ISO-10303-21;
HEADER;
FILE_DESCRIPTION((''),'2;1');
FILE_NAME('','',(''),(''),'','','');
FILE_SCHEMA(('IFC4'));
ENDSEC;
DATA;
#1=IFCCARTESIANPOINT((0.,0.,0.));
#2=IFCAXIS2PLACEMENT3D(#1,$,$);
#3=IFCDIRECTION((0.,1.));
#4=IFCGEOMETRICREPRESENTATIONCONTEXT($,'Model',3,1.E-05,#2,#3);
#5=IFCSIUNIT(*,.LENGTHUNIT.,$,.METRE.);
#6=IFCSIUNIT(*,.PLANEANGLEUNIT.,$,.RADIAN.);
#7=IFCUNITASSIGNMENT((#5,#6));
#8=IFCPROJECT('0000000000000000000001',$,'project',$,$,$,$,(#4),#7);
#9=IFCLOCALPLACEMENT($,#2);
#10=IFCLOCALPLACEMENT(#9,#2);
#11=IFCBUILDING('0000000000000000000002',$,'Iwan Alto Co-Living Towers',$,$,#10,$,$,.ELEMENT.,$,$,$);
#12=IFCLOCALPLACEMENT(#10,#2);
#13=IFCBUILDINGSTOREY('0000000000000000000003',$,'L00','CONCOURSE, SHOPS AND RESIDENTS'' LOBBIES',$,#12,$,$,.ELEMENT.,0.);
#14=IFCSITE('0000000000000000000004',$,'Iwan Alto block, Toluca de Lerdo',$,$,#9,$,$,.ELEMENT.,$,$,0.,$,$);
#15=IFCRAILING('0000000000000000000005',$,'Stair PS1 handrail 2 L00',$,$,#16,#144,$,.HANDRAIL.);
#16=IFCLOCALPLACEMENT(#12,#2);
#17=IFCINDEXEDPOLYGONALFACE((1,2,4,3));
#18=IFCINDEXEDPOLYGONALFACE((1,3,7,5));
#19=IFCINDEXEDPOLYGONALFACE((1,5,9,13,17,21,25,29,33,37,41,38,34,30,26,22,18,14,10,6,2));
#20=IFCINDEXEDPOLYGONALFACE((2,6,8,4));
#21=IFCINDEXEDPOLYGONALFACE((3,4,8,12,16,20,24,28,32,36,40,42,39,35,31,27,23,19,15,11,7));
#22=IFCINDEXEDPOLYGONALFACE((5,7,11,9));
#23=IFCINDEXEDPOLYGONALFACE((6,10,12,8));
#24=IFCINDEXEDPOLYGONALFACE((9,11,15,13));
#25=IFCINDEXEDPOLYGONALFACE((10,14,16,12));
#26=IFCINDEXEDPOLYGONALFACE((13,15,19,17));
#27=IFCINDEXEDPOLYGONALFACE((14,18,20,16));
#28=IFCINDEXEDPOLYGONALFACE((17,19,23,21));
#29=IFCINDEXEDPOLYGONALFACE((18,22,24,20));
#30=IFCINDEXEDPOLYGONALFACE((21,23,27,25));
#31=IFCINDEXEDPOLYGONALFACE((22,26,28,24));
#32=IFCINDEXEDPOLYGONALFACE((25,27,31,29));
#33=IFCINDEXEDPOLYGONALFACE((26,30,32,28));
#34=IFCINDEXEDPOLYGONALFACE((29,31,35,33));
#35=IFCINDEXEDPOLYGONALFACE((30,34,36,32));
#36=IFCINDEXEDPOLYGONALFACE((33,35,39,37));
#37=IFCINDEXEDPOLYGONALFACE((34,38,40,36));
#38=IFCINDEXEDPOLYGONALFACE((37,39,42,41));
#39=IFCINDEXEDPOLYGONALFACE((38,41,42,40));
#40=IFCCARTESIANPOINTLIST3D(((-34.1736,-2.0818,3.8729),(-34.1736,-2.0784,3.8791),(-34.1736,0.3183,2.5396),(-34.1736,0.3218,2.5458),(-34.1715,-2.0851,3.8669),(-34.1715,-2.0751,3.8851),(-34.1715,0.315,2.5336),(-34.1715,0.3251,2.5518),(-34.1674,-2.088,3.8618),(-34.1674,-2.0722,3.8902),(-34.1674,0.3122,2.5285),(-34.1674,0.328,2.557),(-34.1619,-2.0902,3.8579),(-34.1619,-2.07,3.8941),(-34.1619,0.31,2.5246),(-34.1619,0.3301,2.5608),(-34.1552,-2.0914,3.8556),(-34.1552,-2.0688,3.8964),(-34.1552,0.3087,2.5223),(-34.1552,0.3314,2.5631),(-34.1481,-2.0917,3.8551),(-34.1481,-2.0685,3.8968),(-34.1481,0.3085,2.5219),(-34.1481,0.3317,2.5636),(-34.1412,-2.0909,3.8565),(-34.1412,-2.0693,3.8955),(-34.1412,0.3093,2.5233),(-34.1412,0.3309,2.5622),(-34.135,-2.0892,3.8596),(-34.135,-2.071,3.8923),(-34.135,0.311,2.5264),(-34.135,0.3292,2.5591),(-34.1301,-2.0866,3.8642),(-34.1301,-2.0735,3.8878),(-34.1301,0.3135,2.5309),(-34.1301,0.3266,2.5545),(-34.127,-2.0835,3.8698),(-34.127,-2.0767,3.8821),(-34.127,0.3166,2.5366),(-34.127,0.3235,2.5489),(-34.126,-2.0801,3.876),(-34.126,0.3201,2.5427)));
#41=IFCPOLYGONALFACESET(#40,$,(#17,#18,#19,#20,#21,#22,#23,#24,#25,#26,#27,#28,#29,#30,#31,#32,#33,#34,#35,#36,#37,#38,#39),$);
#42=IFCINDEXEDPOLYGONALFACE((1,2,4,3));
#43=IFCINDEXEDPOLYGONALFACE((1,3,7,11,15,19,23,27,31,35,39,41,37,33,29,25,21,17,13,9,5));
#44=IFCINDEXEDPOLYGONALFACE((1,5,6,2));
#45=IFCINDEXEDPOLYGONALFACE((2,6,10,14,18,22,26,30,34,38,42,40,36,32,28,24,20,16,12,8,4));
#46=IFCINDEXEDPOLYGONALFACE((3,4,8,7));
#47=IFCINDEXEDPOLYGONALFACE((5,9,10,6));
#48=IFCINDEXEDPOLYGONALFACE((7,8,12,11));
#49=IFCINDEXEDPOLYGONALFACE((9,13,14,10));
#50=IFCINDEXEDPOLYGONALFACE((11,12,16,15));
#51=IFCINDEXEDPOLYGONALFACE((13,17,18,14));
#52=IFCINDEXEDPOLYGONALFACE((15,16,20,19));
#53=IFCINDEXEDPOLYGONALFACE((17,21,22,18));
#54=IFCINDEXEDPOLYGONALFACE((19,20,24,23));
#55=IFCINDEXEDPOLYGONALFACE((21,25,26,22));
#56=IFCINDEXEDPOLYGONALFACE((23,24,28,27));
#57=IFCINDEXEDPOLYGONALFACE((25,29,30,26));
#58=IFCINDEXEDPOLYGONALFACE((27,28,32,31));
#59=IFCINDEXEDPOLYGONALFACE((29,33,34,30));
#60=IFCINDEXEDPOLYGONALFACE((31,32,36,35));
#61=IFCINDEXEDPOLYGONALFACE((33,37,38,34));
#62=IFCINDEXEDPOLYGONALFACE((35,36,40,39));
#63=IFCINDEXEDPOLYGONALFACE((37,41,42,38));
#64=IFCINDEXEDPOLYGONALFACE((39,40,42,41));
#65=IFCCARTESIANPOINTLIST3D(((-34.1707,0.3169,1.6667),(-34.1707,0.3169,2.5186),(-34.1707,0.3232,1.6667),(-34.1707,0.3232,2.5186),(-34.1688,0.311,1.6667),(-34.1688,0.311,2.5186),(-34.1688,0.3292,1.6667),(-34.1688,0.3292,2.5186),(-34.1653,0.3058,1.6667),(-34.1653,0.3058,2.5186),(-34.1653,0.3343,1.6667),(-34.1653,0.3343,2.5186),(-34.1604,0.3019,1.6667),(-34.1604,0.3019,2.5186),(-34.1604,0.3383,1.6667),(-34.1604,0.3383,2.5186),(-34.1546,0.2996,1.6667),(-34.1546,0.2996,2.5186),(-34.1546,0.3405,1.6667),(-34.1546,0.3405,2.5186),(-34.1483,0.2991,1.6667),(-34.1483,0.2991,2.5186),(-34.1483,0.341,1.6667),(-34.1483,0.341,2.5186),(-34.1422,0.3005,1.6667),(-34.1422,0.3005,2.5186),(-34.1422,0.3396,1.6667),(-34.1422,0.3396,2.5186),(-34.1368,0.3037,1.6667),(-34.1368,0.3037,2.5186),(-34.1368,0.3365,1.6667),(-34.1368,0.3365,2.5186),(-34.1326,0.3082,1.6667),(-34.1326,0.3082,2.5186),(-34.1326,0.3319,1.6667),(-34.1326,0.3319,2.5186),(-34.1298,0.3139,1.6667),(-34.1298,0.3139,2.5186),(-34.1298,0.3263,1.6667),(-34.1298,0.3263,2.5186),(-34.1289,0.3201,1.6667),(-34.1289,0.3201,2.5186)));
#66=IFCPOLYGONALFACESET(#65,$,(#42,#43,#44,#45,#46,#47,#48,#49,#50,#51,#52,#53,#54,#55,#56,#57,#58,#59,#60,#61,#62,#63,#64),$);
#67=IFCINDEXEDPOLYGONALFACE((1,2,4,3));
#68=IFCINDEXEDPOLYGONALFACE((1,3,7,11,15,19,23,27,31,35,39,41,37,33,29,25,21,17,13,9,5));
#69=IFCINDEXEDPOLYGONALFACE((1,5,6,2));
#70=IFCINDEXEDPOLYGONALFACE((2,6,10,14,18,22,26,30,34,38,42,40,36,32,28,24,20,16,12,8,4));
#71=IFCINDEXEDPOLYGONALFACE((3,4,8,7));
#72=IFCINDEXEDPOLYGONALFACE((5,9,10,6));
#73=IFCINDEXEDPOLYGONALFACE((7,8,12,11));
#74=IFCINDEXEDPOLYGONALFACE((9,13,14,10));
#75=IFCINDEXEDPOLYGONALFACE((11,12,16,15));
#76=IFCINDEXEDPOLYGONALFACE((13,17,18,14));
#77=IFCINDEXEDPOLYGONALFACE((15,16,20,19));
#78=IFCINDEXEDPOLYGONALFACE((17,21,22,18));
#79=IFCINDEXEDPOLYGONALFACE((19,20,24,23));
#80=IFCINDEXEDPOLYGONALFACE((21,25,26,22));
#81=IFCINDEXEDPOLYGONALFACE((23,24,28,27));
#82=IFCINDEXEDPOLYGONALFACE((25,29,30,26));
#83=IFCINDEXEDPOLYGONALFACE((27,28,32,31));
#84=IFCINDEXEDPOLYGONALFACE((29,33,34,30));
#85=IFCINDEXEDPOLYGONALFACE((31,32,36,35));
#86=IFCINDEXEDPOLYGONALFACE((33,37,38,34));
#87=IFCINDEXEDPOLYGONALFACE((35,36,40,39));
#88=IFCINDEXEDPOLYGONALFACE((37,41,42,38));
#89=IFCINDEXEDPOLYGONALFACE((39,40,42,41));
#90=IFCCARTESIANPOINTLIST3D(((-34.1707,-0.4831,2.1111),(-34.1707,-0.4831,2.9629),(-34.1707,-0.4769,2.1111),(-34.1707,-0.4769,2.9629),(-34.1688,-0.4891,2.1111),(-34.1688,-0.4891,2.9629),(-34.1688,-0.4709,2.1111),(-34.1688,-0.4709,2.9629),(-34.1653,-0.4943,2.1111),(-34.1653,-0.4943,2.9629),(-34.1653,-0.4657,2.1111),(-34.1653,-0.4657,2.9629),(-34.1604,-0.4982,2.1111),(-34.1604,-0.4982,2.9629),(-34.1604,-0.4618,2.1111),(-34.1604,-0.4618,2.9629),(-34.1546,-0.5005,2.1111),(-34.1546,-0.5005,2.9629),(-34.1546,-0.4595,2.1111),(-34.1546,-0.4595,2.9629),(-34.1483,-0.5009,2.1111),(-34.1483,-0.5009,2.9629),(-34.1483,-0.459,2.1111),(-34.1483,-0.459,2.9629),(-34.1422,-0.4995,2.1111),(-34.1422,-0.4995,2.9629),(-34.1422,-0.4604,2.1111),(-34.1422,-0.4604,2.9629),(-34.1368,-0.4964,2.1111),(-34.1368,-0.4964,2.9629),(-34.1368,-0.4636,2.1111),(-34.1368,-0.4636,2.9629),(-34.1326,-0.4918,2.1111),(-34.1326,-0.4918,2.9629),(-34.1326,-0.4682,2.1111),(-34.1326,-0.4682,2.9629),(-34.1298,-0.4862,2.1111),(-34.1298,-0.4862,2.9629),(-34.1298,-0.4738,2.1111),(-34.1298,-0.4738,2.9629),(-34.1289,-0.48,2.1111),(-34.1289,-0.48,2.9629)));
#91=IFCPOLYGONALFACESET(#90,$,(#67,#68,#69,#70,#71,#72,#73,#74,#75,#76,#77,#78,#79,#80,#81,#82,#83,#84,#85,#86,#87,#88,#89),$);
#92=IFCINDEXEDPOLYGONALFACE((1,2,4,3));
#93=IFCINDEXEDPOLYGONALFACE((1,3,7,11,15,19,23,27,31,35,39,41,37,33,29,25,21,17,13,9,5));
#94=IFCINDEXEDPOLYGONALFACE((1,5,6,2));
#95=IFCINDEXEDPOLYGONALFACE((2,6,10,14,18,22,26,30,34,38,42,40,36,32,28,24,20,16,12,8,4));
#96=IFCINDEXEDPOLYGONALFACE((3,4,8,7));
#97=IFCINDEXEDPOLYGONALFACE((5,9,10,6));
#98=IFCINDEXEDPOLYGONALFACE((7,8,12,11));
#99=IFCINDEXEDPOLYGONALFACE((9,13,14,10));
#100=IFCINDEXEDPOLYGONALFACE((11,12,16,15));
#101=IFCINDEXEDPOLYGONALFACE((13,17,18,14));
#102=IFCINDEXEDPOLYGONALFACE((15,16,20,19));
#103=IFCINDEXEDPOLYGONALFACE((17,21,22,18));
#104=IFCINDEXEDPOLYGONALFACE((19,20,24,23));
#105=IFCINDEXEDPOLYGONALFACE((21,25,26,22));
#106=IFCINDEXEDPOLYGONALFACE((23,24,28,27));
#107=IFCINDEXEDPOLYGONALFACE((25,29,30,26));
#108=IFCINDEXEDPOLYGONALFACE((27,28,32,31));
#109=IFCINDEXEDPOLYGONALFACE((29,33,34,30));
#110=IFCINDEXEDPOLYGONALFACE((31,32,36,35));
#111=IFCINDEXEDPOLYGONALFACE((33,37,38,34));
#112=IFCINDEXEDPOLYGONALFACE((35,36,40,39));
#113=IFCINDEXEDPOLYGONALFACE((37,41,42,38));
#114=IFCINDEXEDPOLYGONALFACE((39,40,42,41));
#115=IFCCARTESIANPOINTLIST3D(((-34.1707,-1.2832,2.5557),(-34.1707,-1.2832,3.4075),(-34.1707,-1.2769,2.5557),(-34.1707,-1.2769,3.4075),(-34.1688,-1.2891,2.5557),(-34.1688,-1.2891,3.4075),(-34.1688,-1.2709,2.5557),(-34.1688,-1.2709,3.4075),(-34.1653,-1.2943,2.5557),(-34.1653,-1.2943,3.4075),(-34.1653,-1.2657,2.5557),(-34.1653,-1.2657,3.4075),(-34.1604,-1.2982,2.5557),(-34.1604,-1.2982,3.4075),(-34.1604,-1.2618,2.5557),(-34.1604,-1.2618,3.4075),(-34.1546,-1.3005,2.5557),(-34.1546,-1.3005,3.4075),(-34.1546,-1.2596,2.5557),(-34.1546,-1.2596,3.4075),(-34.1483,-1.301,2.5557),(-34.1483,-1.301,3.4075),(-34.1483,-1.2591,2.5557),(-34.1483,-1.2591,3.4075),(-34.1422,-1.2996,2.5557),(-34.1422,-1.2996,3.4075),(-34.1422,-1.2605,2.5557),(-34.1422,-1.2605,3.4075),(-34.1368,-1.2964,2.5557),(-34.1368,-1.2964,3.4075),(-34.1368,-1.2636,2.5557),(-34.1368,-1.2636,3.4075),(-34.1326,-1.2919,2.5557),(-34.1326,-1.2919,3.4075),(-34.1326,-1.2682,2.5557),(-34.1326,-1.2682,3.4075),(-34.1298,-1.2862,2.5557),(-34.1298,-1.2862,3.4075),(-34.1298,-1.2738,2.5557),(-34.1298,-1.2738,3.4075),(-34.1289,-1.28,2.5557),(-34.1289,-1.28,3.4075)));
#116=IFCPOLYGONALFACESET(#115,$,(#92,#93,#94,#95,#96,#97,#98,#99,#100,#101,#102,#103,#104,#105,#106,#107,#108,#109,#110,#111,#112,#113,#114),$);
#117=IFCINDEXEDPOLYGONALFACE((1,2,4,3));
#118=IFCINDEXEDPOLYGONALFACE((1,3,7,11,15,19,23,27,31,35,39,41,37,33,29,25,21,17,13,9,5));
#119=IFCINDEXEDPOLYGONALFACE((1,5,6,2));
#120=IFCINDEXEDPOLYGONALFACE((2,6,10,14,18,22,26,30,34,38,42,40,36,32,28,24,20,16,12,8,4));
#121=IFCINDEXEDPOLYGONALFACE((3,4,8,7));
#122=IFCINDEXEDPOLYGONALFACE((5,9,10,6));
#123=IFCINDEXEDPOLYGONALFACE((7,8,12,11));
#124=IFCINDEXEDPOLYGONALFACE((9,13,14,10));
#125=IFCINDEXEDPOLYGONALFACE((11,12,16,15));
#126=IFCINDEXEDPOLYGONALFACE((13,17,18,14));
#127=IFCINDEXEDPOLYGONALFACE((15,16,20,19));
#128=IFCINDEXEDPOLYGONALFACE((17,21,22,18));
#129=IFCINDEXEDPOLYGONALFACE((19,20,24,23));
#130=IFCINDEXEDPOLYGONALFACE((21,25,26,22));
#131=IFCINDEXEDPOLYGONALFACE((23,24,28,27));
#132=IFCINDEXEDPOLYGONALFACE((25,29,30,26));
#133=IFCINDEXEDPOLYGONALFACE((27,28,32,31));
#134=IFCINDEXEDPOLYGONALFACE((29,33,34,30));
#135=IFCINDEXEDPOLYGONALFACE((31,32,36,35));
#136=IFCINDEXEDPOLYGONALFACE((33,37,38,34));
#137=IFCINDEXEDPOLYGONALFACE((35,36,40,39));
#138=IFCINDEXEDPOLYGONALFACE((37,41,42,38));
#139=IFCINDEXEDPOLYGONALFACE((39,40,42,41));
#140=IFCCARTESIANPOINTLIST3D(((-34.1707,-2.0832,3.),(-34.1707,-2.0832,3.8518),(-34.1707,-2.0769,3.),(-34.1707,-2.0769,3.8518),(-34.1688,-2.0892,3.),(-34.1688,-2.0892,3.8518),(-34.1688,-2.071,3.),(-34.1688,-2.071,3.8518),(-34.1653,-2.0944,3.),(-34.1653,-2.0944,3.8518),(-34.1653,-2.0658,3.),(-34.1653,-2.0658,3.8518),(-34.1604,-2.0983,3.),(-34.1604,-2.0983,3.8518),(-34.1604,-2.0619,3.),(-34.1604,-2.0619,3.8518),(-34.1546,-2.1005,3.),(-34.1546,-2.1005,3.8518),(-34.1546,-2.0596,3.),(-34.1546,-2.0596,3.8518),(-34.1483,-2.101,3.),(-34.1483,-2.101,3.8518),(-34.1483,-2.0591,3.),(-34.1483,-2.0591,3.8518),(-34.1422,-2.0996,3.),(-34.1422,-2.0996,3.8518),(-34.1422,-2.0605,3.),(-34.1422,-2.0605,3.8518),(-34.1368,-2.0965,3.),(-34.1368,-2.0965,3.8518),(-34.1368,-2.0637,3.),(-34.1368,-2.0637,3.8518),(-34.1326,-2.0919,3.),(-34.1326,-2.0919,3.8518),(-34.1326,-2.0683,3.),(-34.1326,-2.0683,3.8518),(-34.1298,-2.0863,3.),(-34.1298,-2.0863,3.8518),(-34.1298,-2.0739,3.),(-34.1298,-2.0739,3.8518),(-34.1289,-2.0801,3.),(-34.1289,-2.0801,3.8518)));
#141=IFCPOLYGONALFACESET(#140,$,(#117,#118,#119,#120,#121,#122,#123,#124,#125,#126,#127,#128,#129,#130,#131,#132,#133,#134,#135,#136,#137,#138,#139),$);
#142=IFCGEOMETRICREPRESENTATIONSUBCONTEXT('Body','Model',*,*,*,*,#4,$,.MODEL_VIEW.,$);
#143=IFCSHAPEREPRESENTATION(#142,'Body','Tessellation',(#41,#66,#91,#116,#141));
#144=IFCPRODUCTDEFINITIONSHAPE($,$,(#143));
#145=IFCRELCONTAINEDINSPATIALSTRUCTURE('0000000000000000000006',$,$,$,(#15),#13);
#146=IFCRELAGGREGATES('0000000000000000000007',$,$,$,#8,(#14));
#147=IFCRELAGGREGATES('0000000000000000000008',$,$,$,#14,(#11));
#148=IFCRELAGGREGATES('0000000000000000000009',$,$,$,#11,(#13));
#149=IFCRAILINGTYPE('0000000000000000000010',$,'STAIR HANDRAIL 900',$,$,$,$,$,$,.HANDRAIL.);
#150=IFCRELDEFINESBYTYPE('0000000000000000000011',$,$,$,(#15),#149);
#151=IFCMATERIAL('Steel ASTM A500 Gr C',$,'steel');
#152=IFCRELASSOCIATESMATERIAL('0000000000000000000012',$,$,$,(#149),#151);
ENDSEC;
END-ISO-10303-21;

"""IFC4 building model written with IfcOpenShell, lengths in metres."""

from ifc_helpers import new_model, si_unit, direction, frame, origin, origin_2d, place, context, subcontext, project, spatial, circle, extrude, material, type_object, element, save


model = new_model("IFC4")

# Units and contexts
model_context = context("Model", 3, precision=1e-05, world=origin(), true_north=direction((0.0, 1.0)))
body_context = subcontext(model_context, "Body", "Model", "MODEL_VIEW")
ifc_project = project(units=[si_unit("LENGTHUNIT", "METRE"), si_unit("PLANEANGLEUNIT", "RADIAN")], contexts=[model_context])

# Site, building, storey
site_placement = place(None, origin())
site = spatial("IfcSite", under=ifc_project, at=site_placement, Name="Iwan Alto block, Toluca de Lerdo", CompositionType="ELEMENT", RefElevation=0.0)
building_placement = place(site_placement, origin())
building = spatial("IfcBuilding", under=site, at=building_placement, Name="Iwan Alto Co-Living Towers", CompositionType="ELEMENT")
storey_placement = place(building_placement, origin())
storey = spatial("IfcBuildingStorey", under=building, at=storey_placement, Name="L00", Description="CONCOURSE, SHOPS AND RESIDENTS' LOBBIES", CompositionType="ELEMENT", Elevation=0.0)

# Railing
ifc_material_1 = material(Name="Steel ASTM A500 Gr C", Category="steel")
railing_type_1 = type_object("IfcRailingType", Name="STAIR HANDRAIL 900", PredefinedType="HANDRAIL", material=ifc_material_1)
for number, where, name in (
    (1, (-34.1499, 0.3201, 1.6667), "Stair PS1 handrail 2 L00"),
):
    element("IfcRailing", number, at=place(storey_placement, frame(where)), inside=storey, type_object=railing_type_1, Name=name, PredefinedType="HANDRAIL", context=body_context, shape_type="SweptSolid", body=[
        extrude(circle(Radius=0.0239, at=origin_2d()), frame((0.0, 0.0, 0.876), z_axis=(0.0, -0.874182, 0.485598), x_axis=(1.0, 0.0, 0.0)), (0.0, 0.0, 1.0), 2.7456),
        extrude(circle(Radius=0.021, at=origin_2d()), origin(), (0.0, 0.0, 1.0), 0.8518),
        extrude(circle(Radius=0.021, at=origin_2d()), frame((0.0, -0.8, 0.4443)), (0.0, 0.0, 1.0), 0.8518),
        extrude(circle(Radius=0.021, at=origin_2d()), frame((0.0, -1.6001, 0.8889)), (0.0, 0.0, 1.0), 0.8518),
        extrude(circle(Radius=0.021, at=origin_2d()), frame((0.0, -2.4001, 1.3333)), (0.0, 0.0, 1.0), 0.8518),
    ])

save(model, "model.ifc")
